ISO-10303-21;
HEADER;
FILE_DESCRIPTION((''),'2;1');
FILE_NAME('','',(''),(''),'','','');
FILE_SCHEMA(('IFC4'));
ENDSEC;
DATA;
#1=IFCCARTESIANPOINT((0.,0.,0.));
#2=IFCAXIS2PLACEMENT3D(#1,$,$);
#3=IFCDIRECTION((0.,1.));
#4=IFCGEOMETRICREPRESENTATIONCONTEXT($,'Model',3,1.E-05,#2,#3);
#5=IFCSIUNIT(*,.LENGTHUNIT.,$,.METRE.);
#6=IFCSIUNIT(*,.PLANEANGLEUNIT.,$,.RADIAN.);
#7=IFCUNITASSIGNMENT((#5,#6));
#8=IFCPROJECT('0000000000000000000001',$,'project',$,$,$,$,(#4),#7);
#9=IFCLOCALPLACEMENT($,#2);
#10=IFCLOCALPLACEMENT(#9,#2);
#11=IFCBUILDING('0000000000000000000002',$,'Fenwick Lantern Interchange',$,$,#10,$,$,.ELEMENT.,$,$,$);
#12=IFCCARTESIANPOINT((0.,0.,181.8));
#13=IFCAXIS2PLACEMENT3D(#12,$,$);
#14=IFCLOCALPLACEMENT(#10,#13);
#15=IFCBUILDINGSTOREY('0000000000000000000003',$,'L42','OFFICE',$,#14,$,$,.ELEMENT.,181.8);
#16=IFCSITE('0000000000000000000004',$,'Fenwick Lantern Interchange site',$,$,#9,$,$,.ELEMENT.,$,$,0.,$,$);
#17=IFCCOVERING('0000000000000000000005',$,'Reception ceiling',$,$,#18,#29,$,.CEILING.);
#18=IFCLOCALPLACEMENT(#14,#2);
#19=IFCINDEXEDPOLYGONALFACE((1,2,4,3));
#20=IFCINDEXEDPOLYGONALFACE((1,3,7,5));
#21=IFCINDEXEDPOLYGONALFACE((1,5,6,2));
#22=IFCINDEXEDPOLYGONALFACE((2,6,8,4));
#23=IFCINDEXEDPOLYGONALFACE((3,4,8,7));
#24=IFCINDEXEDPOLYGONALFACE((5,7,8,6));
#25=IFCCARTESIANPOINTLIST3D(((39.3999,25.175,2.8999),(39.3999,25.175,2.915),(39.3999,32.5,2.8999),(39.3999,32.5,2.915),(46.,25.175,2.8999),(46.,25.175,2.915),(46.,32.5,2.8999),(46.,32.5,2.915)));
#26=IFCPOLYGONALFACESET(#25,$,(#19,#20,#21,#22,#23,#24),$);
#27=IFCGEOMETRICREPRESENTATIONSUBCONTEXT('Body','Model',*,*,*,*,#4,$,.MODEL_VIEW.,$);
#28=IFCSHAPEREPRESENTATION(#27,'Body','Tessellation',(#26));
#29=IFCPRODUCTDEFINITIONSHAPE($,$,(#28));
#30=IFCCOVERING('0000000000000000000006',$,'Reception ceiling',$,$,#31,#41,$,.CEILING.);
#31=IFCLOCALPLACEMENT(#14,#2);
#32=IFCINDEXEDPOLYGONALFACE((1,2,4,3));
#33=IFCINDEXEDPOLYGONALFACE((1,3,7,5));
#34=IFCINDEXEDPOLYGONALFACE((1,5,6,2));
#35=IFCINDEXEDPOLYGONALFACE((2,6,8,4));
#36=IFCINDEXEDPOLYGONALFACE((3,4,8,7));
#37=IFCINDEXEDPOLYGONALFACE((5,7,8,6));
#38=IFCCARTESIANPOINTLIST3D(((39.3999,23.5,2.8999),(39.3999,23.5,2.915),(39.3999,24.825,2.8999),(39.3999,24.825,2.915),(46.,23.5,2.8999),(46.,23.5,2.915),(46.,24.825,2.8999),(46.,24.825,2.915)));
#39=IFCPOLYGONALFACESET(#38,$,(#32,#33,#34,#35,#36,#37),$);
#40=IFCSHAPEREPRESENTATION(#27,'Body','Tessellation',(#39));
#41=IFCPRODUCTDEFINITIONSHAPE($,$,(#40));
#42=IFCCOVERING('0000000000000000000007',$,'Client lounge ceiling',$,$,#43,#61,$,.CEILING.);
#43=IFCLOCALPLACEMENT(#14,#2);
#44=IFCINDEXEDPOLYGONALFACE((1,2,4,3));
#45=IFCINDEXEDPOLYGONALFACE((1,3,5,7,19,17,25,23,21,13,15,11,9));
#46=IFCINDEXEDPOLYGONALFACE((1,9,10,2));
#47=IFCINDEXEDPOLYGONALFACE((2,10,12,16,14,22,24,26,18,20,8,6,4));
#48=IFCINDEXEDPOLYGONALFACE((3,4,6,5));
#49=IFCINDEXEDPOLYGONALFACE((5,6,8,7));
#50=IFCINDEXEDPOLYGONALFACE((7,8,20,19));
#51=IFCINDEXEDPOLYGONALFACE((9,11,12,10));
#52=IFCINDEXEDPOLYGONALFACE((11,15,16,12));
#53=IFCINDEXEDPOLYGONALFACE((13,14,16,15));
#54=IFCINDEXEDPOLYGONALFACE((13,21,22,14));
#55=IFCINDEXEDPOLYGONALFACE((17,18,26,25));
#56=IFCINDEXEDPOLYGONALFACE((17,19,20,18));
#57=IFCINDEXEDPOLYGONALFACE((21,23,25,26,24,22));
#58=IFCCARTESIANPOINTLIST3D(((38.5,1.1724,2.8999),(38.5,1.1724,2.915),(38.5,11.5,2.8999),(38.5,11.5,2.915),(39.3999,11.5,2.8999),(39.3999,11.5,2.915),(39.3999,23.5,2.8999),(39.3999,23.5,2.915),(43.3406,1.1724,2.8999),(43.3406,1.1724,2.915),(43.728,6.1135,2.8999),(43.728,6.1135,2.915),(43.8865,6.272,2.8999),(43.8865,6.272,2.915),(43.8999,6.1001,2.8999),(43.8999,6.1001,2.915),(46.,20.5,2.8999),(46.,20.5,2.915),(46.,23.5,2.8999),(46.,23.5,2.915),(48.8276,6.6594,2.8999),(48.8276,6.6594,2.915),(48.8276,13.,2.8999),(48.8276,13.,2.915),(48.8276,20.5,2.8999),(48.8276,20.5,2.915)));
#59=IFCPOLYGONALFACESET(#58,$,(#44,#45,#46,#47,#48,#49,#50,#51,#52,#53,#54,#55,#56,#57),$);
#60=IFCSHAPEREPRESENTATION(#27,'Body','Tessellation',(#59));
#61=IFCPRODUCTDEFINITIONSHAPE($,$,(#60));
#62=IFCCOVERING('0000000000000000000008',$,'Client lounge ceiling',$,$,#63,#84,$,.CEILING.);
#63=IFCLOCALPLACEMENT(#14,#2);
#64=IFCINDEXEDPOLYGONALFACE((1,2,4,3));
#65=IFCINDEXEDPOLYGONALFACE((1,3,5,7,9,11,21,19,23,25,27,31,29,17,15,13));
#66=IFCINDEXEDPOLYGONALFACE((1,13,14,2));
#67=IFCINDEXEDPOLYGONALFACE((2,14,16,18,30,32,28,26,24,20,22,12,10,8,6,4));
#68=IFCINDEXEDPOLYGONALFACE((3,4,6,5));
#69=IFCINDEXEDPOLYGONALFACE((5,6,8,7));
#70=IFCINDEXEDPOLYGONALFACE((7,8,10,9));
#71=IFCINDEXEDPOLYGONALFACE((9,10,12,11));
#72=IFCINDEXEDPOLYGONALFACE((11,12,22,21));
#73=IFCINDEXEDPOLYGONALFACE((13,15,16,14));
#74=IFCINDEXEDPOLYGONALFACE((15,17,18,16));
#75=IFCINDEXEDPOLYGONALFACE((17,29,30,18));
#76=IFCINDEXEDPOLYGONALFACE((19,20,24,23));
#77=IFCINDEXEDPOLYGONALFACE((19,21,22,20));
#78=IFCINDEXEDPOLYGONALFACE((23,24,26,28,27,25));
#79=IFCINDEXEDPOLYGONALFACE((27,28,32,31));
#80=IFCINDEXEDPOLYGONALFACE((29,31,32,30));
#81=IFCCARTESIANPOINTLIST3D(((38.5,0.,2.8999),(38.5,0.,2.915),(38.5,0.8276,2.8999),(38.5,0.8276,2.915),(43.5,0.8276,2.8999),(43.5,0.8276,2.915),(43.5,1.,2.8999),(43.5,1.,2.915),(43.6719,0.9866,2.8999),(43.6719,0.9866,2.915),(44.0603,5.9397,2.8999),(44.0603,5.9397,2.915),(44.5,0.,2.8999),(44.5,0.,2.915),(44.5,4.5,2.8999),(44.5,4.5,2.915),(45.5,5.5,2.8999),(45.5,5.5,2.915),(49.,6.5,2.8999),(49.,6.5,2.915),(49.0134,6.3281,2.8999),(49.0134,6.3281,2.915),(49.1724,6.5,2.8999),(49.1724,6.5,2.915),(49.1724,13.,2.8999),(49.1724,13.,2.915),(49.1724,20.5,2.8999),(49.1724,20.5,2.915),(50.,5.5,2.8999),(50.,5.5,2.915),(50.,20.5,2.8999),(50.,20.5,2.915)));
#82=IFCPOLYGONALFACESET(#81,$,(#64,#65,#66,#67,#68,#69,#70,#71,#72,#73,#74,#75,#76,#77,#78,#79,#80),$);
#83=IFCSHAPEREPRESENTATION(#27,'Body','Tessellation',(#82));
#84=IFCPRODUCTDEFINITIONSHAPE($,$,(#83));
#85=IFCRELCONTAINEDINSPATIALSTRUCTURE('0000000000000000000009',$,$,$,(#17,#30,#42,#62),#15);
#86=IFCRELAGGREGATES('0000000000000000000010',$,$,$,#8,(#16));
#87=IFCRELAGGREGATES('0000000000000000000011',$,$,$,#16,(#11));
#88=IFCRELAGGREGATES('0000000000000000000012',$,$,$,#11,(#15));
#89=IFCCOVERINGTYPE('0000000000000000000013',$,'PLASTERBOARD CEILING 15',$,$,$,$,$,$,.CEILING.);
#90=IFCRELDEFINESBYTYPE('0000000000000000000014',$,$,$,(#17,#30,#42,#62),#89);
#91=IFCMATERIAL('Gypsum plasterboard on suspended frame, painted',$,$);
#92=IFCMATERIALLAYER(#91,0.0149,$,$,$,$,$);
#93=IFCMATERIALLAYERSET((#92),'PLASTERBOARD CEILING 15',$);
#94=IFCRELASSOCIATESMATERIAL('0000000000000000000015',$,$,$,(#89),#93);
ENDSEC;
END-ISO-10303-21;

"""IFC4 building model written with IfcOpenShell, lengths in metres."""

from ifc_helpers import new_model, si_unit, direction, frame, origin, place, context, subcontext, project, spatial, polyline, outline, extrude, material, layer, layer_set, type_object, element, save


model = new_model("IFC4")

# Units and contexts
model_context = context("Model", 3, precision=1e-05, world=origin(), true_north=direction((0.0, 1.0)))
body_context = subcontext(model_context, "Body", "Model", "MODEL_VIEW")
ifc_project = project(units=[si_unit("LENGTHUNIT", "METRE"), si_unit("PLANEANGLEUNIT", "RADIAN")], contexts=[model_context])

# Site, building, storey
site_placement = place(None, origin())
site = spatial("IfcSite", under=ifc_project, at=site_placement, Name="Fenwick Lantern Interchange site", CompositionType="ELEMENT", RefElevation=0.0)
building_placement = place(site_placement, origin())
building = spatial("IfcBuilding", under=site, at=building_placement, Name="Fenwick Lantern Interchange", CompositionType="ELEMENT")
storey_placement = place(building_placement, frame((0.0, 0.0, 181.8)))
storey = spatial("IfcBuildingStorey", under=building, at=storey_placement, Name="L42", Description="OFFICE", CompositionType="ELEMENT", Elevation=181.8)

# Coverings
ifc_material_1 = material(Name="Gypsum plasterboard on suspended frame, painted")
ifc_layer_1 = layer(ifc_material_1, 0.0149)
ifc_layer_set_1 = layer_set([ifc_layer_1], Name="PLASTERBOARD CEILING 15")
covering_type_1 = type_object("IfcCoveringType", Name="PLASTERBOARD CEILING 15", PredefinedType="CEILING", material=ifc_layer_set_1)
covering_1_placement = place(storey_placement, frame((0.0, 0.0, 2.8999)))
element("IfcCovering", 1, at=covering_1_placement, inside=storey, type_object=covering_type_1, Name="Reception ceiling", PredefinedType="CEILING", context=body_context, shape_type="SweptSolid", body=[
    extrude(outline(polyline([(39.3999, 32.5), (39.3999, 25.175), (46.0, 25.175), (46.0, 32.5), (39.3999, 32.5)])), origin(), (0.0, 0.0, 1.0), 0.0151),
])
covering_2_placement = place(storey_placement, frame((0.0, 0.0, 2.8999)))
element("IfcCovering", 2, at=covering_2_placement, inside=storey, type_object=covering_type_1, Name="Reception ceiling", PredefinedType="CEILING", context=body_context, shape_type="SweptSolid", body=[
    extrude(outline(polyline([(39.3999, 23.5), (46.0, 23.5), (46.0, 24.825), (39.3999, 24.825), (39.3999, 23.5)])), origin(), (0.0, 0.0, 1.0), 0.0151),
])
covering_3_placement = place(storey_placement, frame((0.0, 0.0, 2.8999)))
element("IfcCovering", 3, at=covering_3_placement, inside=storey, type_object=covering_type_1, Name="Client lounge ceiling", PredefinedType="CEILING", context=body_context, shape_type="SweptSolid", body=[
    extrude(outline(polyline([(38.5, 11.5), (38.5, 1.1724), (43.3406, 1.1724), (43.728, 6.1135), (43.8999, 6.1001), (43.8865, 6.272), (48.8276, 6.6594), (48.8276, 13.0), (48.8276, 20.5), (46.0, 20.5), (46.0, 23.5), (39.3999, 23.5), (39.3999, 11.5), (38.5, 11.5)])), origin(), (0.0, 0.0, 1.0), 0.0151),
])
covering_4_placement = place(storey_placement, frame((0.0, 0.0, 2.8999)))
element("IfcCovering", 4, at=covering_4_placement, inside=storey, type_object=covering_type_1, Name="Client lounge ceiling", PredefinedType="CEILING", context=body_context, shape_type="SweptSolid", body=[
    extrude(outline(polyline([(50.0, 5.5), (50.0, 20.5), (49.1724, 20.5), (49.1724, 13.0), (49.1724, 6.5), (49.0, 6.5), (49.0134, 6.3281), (44.0603, 5.9397), (43.6719, 0.9866), (43.5, 1.0), (43.5, 0.8276), (38.5, 0.8276), (38.5, 0.0), (44.5, 0.0), (44.5, 4.5), (45.5, 5.5), (50.0, 5.5)])), origin(), (0.0, 0.0, 1.0), 0.0151),
])

save(model, "model.ifc")
